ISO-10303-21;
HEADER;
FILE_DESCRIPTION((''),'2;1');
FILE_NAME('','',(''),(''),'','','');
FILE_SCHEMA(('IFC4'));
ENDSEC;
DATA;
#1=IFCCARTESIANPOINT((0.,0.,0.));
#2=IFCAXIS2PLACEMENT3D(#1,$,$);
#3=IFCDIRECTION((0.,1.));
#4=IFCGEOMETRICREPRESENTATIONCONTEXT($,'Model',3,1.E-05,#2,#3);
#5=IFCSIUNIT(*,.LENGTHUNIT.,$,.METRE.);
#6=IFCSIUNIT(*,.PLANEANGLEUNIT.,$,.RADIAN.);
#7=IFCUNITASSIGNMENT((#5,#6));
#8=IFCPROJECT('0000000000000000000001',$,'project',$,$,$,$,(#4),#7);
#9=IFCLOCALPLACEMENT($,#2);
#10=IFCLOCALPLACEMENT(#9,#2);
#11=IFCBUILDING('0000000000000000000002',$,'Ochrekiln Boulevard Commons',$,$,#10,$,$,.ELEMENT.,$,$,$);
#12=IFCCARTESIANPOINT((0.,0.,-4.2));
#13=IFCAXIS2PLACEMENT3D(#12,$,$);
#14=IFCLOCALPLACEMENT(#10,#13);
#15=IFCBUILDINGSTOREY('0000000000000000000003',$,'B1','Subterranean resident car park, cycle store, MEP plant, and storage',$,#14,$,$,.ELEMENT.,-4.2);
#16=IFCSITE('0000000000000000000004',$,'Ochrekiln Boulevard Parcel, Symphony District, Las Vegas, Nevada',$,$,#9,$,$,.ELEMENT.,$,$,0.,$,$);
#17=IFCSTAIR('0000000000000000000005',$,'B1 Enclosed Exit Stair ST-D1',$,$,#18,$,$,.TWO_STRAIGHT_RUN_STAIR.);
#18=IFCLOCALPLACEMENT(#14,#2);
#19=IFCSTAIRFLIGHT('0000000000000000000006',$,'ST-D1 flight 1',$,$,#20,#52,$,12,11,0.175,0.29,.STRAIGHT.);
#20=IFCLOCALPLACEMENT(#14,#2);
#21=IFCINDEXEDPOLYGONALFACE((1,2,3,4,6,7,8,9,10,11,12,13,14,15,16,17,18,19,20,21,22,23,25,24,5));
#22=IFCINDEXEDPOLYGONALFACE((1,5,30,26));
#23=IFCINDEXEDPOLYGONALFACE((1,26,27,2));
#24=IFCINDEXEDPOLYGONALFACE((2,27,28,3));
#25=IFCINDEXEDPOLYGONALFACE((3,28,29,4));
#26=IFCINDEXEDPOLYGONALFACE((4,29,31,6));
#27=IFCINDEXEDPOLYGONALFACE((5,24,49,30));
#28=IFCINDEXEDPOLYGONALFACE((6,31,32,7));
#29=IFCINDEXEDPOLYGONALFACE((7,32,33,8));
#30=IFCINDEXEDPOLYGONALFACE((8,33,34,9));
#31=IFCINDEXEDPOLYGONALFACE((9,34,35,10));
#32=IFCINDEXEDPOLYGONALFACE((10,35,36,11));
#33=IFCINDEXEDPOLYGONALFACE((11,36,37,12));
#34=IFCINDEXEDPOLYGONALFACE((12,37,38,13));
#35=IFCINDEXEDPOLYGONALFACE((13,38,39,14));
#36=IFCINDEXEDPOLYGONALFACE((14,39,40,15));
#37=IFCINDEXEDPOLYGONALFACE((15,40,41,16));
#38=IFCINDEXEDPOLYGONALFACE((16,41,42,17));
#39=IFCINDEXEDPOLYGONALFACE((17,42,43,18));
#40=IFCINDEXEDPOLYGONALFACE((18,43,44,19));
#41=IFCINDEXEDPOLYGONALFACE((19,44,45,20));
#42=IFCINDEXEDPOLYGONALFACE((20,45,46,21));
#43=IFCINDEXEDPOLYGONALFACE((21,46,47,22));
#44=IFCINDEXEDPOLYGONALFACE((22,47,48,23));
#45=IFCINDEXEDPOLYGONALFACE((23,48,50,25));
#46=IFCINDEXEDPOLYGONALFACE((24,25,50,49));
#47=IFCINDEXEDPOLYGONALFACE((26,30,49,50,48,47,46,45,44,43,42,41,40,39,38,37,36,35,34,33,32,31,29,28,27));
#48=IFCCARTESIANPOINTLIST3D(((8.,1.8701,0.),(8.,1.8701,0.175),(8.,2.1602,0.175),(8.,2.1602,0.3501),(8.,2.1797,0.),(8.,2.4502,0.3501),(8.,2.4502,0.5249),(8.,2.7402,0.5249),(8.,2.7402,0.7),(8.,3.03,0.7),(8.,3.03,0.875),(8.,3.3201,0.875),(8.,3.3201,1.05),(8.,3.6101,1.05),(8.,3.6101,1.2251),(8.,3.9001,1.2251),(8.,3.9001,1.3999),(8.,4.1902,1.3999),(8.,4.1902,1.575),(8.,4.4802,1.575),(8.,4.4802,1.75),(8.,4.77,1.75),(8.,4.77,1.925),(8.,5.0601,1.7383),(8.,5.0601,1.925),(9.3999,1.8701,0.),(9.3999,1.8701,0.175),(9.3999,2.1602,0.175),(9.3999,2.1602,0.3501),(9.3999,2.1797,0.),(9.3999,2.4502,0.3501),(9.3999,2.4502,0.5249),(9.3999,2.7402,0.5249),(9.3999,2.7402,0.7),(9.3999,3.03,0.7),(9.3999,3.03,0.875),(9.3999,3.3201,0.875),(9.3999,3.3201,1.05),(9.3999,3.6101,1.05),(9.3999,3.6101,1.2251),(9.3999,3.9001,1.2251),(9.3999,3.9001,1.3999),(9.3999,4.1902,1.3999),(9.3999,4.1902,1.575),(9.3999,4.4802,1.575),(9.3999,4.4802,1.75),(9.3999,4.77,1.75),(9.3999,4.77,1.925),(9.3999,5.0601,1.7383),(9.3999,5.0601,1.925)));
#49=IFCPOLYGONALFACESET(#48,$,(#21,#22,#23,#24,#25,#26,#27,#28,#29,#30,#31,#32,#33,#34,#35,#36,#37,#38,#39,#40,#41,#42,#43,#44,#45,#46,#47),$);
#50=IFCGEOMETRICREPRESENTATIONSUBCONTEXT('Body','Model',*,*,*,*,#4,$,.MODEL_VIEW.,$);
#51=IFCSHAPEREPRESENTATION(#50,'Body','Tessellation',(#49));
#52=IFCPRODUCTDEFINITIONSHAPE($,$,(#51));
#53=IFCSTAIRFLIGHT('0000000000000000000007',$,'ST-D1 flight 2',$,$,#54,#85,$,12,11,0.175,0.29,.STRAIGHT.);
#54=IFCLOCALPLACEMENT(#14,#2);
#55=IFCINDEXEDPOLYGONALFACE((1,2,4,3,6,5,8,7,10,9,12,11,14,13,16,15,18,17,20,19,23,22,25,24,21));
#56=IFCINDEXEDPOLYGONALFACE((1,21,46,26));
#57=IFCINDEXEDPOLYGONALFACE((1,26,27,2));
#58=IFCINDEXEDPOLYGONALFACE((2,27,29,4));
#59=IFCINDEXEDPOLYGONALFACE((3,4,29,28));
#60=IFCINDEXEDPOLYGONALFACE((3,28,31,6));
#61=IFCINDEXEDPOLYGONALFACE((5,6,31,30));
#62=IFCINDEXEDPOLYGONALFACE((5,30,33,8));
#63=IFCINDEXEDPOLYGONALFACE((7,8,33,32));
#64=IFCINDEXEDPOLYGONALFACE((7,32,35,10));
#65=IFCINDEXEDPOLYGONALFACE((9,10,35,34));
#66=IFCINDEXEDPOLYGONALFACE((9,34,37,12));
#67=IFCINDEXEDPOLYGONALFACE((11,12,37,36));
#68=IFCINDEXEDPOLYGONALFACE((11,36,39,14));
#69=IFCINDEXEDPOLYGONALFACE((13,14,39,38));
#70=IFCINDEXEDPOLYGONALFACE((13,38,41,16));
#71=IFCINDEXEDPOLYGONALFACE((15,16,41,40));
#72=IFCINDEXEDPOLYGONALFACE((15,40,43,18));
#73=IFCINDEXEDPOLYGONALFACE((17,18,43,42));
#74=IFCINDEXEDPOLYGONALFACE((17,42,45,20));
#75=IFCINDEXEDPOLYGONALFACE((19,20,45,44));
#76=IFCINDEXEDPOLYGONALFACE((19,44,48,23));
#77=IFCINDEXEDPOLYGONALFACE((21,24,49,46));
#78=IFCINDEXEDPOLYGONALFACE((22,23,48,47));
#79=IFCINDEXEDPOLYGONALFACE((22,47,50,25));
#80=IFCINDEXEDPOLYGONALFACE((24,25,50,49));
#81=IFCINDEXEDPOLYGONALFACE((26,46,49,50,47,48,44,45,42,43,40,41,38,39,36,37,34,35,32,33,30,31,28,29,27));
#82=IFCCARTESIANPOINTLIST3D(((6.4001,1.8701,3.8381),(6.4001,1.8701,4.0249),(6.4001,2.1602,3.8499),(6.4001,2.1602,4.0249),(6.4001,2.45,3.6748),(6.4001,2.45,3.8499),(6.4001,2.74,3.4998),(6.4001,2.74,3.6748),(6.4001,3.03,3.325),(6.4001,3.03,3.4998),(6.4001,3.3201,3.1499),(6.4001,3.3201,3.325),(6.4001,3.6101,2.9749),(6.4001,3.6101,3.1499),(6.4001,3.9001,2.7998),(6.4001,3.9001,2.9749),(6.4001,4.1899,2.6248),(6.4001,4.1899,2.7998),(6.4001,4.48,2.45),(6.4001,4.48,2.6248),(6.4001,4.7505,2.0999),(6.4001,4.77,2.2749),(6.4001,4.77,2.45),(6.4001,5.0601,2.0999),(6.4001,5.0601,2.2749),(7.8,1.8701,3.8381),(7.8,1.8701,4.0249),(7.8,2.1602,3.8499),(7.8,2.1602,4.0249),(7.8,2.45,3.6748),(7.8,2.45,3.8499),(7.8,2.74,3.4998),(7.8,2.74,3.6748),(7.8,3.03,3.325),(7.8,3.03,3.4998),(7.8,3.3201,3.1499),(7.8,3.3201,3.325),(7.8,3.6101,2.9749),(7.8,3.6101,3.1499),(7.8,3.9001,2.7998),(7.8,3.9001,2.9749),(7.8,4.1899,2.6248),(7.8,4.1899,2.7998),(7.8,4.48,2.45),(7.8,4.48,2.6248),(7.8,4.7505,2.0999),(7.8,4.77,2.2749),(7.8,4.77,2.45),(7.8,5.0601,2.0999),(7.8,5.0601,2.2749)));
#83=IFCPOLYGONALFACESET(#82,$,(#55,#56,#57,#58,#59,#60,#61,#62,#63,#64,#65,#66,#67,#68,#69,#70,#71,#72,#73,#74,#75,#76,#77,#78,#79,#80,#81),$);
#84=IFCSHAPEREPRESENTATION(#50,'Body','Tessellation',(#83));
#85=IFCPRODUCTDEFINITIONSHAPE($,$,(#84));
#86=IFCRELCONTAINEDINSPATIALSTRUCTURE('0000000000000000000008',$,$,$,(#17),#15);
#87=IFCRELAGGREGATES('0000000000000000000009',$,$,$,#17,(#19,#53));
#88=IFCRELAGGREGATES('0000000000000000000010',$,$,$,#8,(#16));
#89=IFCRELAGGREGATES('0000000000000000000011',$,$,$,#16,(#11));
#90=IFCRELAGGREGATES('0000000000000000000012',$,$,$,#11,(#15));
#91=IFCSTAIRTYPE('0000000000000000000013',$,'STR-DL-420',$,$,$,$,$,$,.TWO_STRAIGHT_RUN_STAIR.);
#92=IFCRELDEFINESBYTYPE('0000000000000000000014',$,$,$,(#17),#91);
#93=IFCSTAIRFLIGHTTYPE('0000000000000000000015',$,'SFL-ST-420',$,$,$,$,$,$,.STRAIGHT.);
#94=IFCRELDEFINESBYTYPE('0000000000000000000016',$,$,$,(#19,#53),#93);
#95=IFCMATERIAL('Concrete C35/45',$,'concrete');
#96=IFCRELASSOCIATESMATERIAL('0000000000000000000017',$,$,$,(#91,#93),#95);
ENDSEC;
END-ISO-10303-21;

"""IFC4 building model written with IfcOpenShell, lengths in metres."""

from ifc_helpers import new_model, si_unit, direction, frame, origin, place, context, subcontext, project, spatial, polyline, outline, extrude, material, type_object, element, aggregate, save


model = new_model("IFC4")

# Units and contexts
model_context = context("Model", 3, precision=1e-05, world=origin(), true_north=direction((0.0, 1.0)))
body_context = subcontext(model_context, "Body", "Model", "MODEL_VIEW")
ifc_project = project(units=[si_unit("LENGTHUNIT", "METRE"), si_unit("PLANEANGLEUNIT", "RADIAN")], contexts=[model_context])

# Site, building, storey
site_placement = place(None, origin())
site = spatial("IfcSite", under=ifc_project, at=site_placement, Name="Ochrekiln Boulevard Parcel, Symphony District, Las Vegas, Nevada", CompositionType="ELEMENT", RefElevation=0.0)
building_placement = place(site_placement, origin())
building = spatial("IfcBuilding", under=site, at=building_placement, Name="Ochrekiln Boulevard Commons", CompositionType="ELEMENT")
storey_placement = place(building_placement, frame((0.0, 0.0, -4.2)))
storey = spatial("IfcBuildingStorey", under=building, at=storey_placement, Name="B1", Description="Subterranean resident car park, cycle store, MEP plant, and storage", CompositionType="ELEMENT", Elevation=-4.2)

# Shared definitions
ifc_material_1 = material(Name="Concrete C35/45", Category="concrete")

# Stair, stair flights
stair_type = type_object("IfcStairType", Name="STR-DL-420", PredefinedType="TWO_STRAIGHT_RUN_STAIR", material=ifc_material_1)
stair_placement = place(storey_placement, origin())
stair = element("IfcStair", 1, at=stair_placement, inside=storey, type_object=stair_type, Name="B1 Enclosed Exit Stair ST-D1", PredefinedType="TWO_STRAIGHT_RUN_STAIR")
stair_flight_type = type_object("IfcStairFlightType", Name="SFL-ST-420", PredefinedType="STRAIGHT", material=ifc_material_1)
stair_flight_1_placement = place(storey_placement, frame((8.7, 1.8701, 0.0), z_axis=(0.0, 0.0, 1.0), x_axis=(0.0, 1.0, 0.0)))
stair_flight_1 = element("IfcStairFlight", 2, at=stair_flight_1_placement, type_object=stair_flight_type, Name="ST-D1 flight 1", NumberOfRisers=12, NumberOfTreads=11, PredefinedType="STRAIGHT", RiserHeight=0.175, TreadLength=0.29, context=body_context, shape_type="SweptSolid", body=[
    extrude(outline(polyline([(0.0, 0.0), (0.0, 0.175), (0.29, 0.175), (0.29, 0.3501), (0.5801, 0.3501), (0.5801, 0.5249), (0.8701, 0.5249), (0.8701, 0.7), (1.1599, 0.7), (1.1599, 0.875), (1.45, 0.875), (1.45, 1.05), (1.74, 1.05), (1.74, 1.2251), (2.03, 1.2251), (2.03, 1.3999), (2.3201, 1.3999), (2.3201, 1.575), (2.6101, 1.575), (2.6101, 1.75), (2.8999, 1.75), (2.8999, 1.925), (3.1899, 1.925), (3.1899, 2.1001), (3.1899, 1.7383), (0.3096, 0.0), (0.0, 0.0)])), frame((0.0, 0.7, 0.0), z_axis=(0.0, -1.0, 0.0), x_axis=(1.0, 0.0, 0.0)), (0.0, 0.0, 1.0), 1.3999),
])
stair_flight_2_placement = place(storey_placement, frame((7.1001, 5.0601, 2.0999), z_axis=(0.0, 0.0, 1.0), x_axis=(0.0, -1.0, 0.0)))
stair_flight_2 = element("IfcStairFlight", 3, at=stair_flight_2_placement, type_object=stair_flight_type, Name="ST-D1 flight 2", NumberOfRisers=12, NumberOfTreads=11, PredefinedType="STRAIGHT", RiserHeight=0.175, TreadLength=0.29, context=body_context, shape_type="SweptSolid", body=[
    extrude(outline(polyline([(0.0, 0.0), (0.0, 0.175), (0.29, 0.175), (0.29, 0.3501), (0.5801, 0.3501), (0.5801, 0.5249), (0.8701, 0.5249), (0.8701, 0.7), (1.1599, 0.7), (1.1599, 0.875), (1.45, 0.875), (1.45, 1.05), (1.74, 1.05), (1.74, 1.2251), (2.03, 1.2251), (2.03, 1.3999), (2.3201, 1.3999), (2.3201, 1.575), (2.6101, 1.575), (2.6101, 1.75), (2.8999, 1.75), (2.8999, 1.925), (3.1899, 1.925), (3.1899, 2.1001), (3.1899, 1.7383), (0.3096, 0.0), (0.0, 0.0)])), frame((0.0, 0.7, 0.0), z_axis=(0.0, -1.0, 0.0), x_axis=(1.0, 0.0, 0.0)), (0.0, 0.0, 1.0), 1.3999),
])
aggregate(stair, [stair_flight_1, stair_flight_2])

save(model, "model.ifc")
